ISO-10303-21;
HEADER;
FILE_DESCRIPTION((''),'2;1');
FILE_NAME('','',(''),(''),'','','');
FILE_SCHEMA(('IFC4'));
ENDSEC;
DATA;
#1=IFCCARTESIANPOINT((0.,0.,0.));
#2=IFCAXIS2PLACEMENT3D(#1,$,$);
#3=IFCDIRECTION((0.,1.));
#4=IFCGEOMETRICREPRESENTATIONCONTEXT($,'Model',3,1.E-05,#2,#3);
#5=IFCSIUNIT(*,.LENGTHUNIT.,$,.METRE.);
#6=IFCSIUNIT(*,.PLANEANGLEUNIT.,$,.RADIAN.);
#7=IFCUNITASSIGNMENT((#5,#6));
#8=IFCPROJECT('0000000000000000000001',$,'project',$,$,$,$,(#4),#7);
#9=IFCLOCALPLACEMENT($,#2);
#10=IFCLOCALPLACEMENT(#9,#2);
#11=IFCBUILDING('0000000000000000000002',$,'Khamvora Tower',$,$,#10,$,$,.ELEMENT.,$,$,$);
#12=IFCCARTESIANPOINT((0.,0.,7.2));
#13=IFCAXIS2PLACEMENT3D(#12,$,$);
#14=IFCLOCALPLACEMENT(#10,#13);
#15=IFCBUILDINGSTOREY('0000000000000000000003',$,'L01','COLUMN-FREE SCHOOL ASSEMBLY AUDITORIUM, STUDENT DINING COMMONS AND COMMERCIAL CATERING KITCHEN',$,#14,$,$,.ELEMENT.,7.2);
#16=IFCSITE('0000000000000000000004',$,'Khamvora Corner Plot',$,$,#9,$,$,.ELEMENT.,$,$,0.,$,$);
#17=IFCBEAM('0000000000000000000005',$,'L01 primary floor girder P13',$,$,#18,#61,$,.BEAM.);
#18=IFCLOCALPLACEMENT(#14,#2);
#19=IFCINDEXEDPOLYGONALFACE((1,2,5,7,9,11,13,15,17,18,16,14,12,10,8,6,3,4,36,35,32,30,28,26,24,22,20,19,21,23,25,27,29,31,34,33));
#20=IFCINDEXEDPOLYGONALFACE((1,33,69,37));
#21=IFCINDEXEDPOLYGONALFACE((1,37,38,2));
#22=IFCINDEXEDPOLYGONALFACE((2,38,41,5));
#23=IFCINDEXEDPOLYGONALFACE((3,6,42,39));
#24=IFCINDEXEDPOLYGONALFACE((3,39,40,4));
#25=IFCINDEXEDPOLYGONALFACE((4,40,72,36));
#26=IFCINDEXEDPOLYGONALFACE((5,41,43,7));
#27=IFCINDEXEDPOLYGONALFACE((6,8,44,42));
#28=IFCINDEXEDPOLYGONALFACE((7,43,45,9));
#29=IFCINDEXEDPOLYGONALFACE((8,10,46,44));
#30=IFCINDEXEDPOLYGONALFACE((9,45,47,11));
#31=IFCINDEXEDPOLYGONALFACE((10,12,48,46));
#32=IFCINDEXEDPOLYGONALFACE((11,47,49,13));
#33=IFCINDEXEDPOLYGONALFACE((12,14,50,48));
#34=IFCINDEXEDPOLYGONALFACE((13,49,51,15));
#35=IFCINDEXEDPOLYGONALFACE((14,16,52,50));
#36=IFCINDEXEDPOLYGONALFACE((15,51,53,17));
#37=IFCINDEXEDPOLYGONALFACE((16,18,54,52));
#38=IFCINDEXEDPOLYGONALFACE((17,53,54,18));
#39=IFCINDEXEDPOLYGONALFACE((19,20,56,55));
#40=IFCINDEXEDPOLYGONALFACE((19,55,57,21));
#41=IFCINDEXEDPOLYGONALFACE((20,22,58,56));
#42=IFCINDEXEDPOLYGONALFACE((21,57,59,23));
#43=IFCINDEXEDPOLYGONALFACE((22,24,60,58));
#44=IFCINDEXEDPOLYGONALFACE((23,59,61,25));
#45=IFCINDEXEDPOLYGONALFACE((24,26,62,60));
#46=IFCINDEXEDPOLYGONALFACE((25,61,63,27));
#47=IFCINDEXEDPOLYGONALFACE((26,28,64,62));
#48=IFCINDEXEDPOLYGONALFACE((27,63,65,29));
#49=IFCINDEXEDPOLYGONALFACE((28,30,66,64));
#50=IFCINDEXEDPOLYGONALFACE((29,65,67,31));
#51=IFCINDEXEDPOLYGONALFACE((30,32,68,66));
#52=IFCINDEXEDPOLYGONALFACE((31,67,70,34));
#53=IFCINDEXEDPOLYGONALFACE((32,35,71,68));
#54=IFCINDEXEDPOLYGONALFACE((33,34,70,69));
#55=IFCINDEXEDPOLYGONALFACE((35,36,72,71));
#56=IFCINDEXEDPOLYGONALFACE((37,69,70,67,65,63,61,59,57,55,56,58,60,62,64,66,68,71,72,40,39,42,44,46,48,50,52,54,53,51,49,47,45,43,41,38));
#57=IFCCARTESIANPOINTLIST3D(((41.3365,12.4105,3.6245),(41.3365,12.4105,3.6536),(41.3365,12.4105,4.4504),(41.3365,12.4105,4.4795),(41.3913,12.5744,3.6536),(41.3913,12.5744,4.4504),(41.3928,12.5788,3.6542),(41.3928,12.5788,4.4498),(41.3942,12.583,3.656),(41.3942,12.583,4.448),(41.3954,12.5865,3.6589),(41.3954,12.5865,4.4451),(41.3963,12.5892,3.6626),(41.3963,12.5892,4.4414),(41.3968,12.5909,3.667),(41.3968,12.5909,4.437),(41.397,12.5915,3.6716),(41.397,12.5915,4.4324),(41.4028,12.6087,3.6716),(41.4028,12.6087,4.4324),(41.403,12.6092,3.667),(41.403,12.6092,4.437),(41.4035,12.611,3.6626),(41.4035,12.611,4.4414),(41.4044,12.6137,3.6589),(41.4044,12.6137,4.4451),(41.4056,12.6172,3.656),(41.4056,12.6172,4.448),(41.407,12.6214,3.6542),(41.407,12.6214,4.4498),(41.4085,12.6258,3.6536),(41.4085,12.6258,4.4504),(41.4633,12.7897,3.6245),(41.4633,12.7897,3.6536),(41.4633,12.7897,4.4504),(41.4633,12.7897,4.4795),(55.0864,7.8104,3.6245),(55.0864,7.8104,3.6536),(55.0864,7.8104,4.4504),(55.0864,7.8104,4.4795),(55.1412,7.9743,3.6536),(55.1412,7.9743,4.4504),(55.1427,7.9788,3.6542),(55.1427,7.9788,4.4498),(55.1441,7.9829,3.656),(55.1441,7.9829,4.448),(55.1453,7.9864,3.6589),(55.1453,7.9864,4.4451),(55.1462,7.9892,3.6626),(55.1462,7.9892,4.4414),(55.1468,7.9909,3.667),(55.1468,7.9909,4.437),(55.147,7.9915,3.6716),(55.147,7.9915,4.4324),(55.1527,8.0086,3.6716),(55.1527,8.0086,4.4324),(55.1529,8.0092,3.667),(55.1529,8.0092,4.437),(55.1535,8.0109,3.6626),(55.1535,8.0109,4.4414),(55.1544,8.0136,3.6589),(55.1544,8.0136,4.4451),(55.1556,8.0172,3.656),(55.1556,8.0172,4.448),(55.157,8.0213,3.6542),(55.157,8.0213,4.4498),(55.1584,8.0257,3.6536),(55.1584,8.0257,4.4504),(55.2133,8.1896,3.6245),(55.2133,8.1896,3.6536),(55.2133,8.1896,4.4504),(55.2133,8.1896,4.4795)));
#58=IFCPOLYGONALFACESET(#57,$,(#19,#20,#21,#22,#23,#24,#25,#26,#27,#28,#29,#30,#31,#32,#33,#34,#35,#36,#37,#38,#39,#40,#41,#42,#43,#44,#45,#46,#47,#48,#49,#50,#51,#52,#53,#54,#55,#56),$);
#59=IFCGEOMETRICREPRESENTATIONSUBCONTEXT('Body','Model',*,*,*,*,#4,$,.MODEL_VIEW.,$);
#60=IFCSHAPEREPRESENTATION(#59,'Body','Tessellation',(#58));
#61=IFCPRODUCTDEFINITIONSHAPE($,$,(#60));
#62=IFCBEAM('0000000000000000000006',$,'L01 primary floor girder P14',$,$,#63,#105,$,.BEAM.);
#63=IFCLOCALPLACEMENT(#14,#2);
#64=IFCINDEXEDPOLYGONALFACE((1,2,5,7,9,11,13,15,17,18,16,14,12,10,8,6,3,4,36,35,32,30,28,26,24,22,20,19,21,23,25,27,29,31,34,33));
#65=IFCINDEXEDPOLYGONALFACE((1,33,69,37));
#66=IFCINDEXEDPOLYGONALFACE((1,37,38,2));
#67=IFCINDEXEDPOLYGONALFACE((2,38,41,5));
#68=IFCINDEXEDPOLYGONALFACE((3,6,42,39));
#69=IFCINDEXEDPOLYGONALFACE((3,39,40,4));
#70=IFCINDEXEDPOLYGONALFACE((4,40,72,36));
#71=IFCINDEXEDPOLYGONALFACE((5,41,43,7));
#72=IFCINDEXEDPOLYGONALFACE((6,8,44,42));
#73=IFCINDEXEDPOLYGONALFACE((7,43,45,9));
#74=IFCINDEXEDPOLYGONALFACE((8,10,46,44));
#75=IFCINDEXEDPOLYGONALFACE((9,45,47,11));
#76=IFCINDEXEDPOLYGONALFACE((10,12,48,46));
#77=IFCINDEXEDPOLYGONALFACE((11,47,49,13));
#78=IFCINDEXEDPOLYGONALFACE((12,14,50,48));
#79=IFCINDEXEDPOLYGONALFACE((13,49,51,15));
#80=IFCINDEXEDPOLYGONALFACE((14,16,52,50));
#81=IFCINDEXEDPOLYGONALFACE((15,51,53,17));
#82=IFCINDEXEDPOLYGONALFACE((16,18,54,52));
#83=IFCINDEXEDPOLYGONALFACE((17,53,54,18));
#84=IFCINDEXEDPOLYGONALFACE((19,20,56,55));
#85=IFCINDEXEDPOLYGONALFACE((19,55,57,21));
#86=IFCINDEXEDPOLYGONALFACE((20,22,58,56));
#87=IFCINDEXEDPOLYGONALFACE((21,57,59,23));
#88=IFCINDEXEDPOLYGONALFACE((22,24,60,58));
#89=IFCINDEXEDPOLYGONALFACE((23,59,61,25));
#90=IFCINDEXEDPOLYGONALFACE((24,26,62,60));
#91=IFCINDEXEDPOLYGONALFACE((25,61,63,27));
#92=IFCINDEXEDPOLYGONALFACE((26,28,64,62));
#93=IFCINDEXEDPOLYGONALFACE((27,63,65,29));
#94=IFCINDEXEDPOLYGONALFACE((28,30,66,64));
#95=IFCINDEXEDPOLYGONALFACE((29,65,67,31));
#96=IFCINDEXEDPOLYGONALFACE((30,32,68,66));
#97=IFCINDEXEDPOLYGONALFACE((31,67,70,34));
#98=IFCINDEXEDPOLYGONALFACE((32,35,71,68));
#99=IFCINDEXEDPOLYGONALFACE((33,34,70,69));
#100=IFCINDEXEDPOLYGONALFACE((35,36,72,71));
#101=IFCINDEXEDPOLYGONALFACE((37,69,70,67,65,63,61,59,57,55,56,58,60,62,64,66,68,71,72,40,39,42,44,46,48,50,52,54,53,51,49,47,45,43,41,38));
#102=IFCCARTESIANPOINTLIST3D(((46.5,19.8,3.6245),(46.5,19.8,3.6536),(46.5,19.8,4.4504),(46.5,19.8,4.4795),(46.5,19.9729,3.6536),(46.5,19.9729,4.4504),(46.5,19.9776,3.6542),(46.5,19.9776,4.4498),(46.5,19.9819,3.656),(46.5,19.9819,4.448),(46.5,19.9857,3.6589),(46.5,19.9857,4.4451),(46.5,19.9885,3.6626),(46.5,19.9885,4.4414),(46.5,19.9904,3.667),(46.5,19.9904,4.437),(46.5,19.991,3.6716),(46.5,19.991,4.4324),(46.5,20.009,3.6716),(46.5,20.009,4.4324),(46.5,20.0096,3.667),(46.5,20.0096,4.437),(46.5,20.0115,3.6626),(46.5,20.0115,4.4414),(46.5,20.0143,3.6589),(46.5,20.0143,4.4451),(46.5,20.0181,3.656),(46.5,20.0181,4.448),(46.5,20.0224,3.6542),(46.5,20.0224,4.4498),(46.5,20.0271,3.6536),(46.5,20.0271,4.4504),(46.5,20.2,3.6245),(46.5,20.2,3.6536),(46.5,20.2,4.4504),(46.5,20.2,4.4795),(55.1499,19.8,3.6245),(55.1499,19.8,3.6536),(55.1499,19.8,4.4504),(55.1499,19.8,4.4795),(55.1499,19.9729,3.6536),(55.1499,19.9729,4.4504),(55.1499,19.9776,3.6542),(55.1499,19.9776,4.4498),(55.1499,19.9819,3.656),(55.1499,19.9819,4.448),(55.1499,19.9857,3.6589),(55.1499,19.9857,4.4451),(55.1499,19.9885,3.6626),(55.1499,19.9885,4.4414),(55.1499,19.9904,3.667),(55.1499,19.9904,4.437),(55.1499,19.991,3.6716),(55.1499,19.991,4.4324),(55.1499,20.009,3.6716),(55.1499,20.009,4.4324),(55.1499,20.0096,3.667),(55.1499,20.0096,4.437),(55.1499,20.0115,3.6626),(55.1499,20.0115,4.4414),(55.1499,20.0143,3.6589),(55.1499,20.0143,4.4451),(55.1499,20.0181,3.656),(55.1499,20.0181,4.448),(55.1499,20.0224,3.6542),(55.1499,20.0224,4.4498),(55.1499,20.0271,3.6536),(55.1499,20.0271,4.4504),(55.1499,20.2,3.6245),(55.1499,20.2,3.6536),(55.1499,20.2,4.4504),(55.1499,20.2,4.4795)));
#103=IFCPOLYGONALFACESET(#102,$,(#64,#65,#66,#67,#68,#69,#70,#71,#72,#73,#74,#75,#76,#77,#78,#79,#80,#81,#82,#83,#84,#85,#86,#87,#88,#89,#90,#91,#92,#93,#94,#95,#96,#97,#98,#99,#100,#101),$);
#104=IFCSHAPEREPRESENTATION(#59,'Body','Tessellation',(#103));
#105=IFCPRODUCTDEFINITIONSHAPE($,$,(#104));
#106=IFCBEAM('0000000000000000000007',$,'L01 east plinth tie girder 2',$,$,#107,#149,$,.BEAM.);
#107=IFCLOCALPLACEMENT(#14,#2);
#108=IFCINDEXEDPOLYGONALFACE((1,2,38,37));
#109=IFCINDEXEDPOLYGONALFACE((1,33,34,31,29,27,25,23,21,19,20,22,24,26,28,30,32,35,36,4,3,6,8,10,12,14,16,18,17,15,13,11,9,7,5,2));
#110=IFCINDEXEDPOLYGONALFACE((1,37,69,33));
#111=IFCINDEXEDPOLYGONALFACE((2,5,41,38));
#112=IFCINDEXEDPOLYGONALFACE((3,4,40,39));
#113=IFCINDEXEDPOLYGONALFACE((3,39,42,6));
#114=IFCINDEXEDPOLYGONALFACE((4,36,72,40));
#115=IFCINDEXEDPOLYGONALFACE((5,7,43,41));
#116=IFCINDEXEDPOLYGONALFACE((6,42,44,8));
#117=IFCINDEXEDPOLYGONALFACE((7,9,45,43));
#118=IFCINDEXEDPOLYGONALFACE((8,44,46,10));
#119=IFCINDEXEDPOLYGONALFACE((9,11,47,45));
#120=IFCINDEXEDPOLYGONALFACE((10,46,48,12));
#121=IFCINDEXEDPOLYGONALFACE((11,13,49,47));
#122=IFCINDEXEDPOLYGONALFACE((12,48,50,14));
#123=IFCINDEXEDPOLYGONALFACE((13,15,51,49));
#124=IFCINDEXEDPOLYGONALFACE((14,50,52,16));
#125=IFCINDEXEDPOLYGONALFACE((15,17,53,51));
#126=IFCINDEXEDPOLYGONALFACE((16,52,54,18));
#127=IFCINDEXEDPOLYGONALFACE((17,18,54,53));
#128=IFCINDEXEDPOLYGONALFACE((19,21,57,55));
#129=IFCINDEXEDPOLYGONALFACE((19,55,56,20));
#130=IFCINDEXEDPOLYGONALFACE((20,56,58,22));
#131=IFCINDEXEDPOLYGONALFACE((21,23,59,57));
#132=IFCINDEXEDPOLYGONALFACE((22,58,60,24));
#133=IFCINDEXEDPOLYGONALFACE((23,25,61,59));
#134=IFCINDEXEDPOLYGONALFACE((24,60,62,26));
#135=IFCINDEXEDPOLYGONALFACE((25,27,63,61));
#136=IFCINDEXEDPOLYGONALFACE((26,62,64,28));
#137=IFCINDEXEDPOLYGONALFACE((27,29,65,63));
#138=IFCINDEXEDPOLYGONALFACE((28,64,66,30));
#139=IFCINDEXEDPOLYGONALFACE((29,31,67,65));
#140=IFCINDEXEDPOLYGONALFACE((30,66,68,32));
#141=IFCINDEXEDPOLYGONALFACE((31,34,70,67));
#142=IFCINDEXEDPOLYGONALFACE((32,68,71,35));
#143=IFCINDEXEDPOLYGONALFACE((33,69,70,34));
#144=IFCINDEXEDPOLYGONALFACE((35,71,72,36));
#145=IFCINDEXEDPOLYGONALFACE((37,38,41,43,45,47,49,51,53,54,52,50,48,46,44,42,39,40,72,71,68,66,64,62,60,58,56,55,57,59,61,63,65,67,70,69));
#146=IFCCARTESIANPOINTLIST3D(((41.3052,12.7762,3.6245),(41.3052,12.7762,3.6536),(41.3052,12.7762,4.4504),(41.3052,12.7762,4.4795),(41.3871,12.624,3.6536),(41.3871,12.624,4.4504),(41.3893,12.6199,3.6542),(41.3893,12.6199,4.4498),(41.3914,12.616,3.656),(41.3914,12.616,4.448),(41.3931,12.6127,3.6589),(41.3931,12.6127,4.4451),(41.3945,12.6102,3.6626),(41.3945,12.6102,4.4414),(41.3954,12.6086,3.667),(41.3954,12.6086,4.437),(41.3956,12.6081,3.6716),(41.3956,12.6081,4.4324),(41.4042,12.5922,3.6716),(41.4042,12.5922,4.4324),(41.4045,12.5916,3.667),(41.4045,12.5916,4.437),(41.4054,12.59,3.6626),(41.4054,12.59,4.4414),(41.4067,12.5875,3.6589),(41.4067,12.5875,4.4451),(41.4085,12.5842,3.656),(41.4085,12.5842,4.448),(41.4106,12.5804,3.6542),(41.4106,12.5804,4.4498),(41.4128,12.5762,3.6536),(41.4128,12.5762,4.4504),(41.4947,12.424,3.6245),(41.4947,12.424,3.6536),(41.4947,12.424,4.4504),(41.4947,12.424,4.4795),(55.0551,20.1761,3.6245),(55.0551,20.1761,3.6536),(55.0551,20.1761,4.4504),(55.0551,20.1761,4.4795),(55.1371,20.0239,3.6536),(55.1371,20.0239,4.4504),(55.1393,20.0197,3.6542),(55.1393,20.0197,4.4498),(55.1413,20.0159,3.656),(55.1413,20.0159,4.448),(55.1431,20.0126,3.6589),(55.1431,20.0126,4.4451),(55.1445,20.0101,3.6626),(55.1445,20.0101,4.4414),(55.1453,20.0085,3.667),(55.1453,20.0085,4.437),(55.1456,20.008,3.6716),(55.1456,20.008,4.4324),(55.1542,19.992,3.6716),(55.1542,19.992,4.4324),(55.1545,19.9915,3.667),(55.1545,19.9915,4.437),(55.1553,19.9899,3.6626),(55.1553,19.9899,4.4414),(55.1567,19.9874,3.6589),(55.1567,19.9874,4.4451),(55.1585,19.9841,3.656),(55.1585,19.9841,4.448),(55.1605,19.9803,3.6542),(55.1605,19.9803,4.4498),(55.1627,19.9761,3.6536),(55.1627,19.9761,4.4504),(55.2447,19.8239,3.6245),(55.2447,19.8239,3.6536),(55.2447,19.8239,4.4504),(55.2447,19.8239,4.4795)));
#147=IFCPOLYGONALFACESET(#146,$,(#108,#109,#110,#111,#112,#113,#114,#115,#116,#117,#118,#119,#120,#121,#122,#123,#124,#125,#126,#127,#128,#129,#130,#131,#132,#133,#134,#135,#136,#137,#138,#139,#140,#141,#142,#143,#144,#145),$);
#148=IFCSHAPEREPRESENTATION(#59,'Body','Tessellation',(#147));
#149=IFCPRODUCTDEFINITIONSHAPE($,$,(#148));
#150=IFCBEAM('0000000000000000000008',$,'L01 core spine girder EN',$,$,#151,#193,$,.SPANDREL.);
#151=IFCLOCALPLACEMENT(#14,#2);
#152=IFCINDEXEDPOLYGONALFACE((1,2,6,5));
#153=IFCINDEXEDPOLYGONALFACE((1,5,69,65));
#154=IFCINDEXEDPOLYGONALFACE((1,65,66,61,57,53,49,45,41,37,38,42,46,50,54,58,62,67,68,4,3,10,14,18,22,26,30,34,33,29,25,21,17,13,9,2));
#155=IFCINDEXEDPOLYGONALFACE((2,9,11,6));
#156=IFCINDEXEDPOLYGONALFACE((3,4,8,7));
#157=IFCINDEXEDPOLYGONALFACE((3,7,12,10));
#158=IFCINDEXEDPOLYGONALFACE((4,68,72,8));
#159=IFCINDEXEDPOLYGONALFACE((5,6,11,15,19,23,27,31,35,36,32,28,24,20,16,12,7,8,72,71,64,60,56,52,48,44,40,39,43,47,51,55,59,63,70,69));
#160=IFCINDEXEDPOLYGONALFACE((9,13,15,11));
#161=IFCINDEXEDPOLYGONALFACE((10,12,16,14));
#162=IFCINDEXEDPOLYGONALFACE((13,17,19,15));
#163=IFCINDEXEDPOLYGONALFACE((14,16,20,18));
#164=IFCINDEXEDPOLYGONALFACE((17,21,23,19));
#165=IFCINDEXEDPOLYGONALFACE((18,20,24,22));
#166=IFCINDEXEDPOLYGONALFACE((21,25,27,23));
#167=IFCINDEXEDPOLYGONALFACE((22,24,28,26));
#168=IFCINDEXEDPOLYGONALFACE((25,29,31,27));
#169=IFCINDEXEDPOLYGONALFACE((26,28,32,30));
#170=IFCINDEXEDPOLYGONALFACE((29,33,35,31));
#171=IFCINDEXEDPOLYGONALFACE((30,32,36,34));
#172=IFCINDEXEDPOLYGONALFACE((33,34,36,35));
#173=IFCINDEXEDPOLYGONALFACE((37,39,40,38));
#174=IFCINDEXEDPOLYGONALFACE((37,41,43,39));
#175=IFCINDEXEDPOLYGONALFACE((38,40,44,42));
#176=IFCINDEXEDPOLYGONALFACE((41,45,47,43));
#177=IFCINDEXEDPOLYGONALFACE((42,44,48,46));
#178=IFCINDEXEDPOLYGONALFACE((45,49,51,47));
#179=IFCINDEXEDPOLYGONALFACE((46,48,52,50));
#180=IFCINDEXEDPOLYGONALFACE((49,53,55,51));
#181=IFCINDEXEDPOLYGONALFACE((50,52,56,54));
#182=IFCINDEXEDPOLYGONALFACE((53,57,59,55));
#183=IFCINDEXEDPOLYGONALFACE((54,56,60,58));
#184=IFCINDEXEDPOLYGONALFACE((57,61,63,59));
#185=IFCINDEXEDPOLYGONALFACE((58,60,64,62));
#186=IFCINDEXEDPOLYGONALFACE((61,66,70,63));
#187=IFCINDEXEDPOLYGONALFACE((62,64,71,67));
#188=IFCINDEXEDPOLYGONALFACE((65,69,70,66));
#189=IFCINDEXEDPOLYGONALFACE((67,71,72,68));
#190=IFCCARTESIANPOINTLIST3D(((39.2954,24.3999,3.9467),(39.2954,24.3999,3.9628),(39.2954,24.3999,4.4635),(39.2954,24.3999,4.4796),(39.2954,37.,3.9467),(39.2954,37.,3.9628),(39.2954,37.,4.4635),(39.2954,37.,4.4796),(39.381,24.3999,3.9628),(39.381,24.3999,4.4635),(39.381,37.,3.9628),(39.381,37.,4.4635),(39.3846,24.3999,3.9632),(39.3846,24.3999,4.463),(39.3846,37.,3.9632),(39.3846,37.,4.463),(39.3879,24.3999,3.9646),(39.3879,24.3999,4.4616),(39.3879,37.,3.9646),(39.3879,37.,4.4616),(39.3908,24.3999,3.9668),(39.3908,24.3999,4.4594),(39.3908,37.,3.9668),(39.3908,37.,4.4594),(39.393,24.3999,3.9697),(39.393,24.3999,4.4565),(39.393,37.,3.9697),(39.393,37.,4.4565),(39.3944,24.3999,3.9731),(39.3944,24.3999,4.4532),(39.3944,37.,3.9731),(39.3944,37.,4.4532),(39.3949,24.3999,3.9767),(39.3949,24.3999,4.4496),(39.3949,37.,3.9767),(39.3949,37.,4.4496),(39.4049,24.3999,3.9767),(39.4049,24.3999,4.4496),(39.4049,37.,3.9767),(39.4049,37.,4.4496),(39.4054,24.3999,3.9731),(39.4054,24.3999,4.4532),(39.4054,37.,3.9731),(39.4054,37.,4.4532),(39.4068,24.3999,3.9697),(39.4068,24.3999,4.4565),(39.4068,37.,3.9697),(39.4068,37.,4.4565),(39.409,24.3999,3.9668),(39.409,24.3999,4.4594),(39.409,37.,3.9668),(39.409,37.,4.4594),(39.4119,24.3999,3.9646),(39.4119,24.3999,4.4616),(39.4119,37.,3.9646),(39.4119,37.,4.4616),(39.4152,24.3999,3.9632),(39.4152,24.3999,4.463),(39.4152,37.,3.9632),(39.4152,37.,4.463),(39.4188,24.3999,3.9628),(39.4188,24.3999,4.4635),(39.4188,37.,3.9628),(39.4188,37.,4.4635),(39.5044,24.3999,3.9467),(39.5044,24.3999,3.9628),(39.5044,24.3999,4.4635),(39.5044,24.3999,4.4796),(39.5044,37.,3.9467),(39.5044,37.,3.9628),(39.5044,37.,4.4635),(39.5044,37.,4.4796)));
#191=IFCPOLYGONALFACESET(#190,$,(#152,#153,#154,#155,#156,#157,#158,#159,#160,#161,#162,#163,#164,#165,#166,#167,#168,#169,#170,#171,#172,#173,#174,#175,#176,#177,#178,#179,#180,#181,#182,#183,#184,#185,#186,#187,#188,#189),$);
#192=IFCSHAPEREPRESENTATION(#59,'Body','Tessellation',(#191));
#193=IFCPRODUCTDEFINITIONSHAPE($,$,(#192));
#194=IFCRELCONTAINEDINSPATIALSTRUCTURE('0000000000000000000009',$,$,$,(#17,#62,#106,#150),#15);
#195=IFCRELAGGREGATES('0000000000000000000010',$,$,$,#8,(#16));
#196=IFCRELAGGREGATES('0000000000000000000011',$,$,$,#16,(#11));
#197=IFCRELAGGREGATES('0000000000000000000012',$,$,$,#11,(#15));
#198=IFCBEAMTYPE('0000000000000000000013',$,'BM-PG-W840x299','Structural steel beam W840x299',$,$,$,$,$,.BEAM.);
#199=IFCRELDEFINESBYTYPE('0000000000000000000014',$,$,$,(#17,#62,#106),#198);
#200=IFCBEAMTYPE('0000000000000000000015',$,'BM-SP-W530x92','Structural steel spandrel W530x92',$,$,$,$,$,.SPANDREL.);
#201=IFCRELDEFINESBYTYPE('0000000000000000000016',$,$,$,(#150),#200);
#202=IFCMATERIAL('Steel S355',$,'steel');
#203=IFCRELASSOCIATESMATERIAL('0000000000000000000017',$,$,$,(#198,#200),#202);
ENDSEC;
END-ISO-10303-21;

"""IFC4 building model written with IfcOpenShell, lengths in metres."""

from ifc_helpers import new_model, si_unit, direction, frame, origin, origin_2d, place, context, subcontext, project, spatial, i_section, extrude, material, material_profile, profile_set, type_object, element, save


model = new_model("IFC4")

# Units and contexts
model_context = context("Model", 3, precision=1e-05, world=origin(), true_north=direction((0.0, 1.0)))
body_context = subcontext(model_context, "Body", "Model", "MODEL_VIEW")
ifc_project = project(units=[si_unit("LENGTHUNIT", "METRE"), si_unit("PLANEANGLEUNIT", "RADIAN")], contexts=[model_context])

# Site, building, storey
site_placement = place(None, origin())
site = spatial("IfcSite", under=ifc_project, at=site_placement, Name="Khamvora Corner Plot", CompositionType="ELEMENT", RefElevation=0.0)
building_placement = place(site_placement, origin())
building = spatial("IfcBuilding", under=site, at=building_placement, Name="Khamvora Tower", CompositionType="ELEMENT")
storey_placement = place(building_placement, frame((0.0, 0.0, 7.2)))
storey = spatial("IfcBuildingStorey", under=building, at=storey_placement, Name="L01", Description="COLUMN-FREE SCHOOL ASSEMBLY AUDITORIUM, STUDENT DINING COMMONS AND COMMERCIAL CATERING KITCHEN", CompositionType="ELEMENT", Elevation=7.2)

# Beams
ifc_material_1 = material(Name="Steel S355", Category="steel")
ifc_material_profile_1 = material_profile(ifc_material_1, i_section(OverallWidth=0.3999, OverallDepth=0.855, WebThickness=0.0181, FlangeThickness=0.0291, FilletRadius=0.0181, at=origin_2d()), Name="W840x299")
ifc_profile_set_1 = profile_set([ifc_material_profile_1], Name="Steel S355")
beam_type_1 = type_object("IfcBeamType", Name="BM-PG-W840x299", Description="Structural steel beam W840x299", PredefinedType="BEAM", material=ifc_profile_set_1)
beam_1_placement = place(storey_placement, frame((41.3999, 12.6001, 4.052), z_axis=(0.948336, -0.317268, 0.0), x_axis=(0.317268, 0.948336, 0.0)))
element("IfcBeam", 1, at=beam_1_placement, inside=storey, type_object=beam_type_1, Name="L01 primary floor girder P13", PredefinedType="BEAM", context=body_context, shape_type="SweptSolid", body=[
    extrude(i_section(OverallWidth=0.3999, OverallDepth=0.855, WebThickness=0.0181, FlangeThickness=0.0291, FilletRadius=0.0181, at=origin_2d()), origin(), (0.0, 0.0, 1.0), 14.499),
])
beam_2_placement = place(storey_placement, frame((46.5, 20.0, 4.052), z_axis=(1.0, 0.0, 0.0), x_axis=(0.0, 1.0, 0.0)))
element("IfcBeam", 2, at=beam_2_placement, inside=storey, type_object=beam_type_1, Name="L01 primary floor girder P14", PredefinedType="BEAM", context=body_context, shape_type="SweptSolid", body=[
    extrude(i_section(OverallWidth=0.3999, OverallDepth=0.855, WebThickness=0.0181, FlangeThickness=0.0291, FilletRadius=0.0181, at=origin_2d()), origin(), (0.0, 0.0, 1.0), 8.6499),
])
beam_3_placement = place(storey_placement, frame((55.1499, 20.0, 4.052), z_axis=(-0.880577, -0.473904, 0.0), x_axis=(0.473904, -0.880577, 0.0)))
element("IfcBeam", 3, at=beam_3_placement, inside=storey, type_object=beam_type_1, Name="L01 east plinth tie girder 2", PredefinedType="BEAM", context=body_context, shape_type="SweptSolid", body=[
    extrude(i_section(OverallWidth=0.3999, OverallDepth=0.855, WebThickness=0.0181, FlangeThickness=0.0291, FilletRadius=0.0181, at=origin_2d()), origin(), (0.0, 0.0, 1.0), 15.6147),
])
ifc_material_profile_2 = material_profile(ifc_material_1, i_section(OverallWidth=0.209, OverallDepth=0.533, WebThickness=0.01, FlangeThickness=0.0161, FilletRadius=0.0139, at=origin_2d()), Name="W530x92")
ifc_profile_set_2 = profile_set([ifc_material_profile_2], Name="Steel S355")
beam_type_2 = type_object("IfcBeamType", Name="BM-SP-W530x92", Description="Structural steel spandrel W530x92", PredefinedType="SPANDREL", material=ifc_profile_set_2)
beam_4_placement = place(storey_placement, frame((39.3999, 24.3999, 4.2131), z_axis=(0.0, 1.0, 0.0), x_axis=(-1.0, 0.0, 0.0)))
element("IfcBeam", 4, at=beam_4_placement, inside=storey, type_object=beam_type_2, Name="L01 core spine girder EN", PredefinedType="SPANDREL", context=body_context, shape_type="SweptSolid", body=[
    extrude(i_section(OverallWidth=0.209, OverallDepth=0.533, WebThickness=0.01, FlangeThickness=0.0161, FilletRadius=0.0139, at=origin_2d()), origin(), (0.0, 0.0, 1.0), 12.6001),
])

save(model, "model.ifc")
